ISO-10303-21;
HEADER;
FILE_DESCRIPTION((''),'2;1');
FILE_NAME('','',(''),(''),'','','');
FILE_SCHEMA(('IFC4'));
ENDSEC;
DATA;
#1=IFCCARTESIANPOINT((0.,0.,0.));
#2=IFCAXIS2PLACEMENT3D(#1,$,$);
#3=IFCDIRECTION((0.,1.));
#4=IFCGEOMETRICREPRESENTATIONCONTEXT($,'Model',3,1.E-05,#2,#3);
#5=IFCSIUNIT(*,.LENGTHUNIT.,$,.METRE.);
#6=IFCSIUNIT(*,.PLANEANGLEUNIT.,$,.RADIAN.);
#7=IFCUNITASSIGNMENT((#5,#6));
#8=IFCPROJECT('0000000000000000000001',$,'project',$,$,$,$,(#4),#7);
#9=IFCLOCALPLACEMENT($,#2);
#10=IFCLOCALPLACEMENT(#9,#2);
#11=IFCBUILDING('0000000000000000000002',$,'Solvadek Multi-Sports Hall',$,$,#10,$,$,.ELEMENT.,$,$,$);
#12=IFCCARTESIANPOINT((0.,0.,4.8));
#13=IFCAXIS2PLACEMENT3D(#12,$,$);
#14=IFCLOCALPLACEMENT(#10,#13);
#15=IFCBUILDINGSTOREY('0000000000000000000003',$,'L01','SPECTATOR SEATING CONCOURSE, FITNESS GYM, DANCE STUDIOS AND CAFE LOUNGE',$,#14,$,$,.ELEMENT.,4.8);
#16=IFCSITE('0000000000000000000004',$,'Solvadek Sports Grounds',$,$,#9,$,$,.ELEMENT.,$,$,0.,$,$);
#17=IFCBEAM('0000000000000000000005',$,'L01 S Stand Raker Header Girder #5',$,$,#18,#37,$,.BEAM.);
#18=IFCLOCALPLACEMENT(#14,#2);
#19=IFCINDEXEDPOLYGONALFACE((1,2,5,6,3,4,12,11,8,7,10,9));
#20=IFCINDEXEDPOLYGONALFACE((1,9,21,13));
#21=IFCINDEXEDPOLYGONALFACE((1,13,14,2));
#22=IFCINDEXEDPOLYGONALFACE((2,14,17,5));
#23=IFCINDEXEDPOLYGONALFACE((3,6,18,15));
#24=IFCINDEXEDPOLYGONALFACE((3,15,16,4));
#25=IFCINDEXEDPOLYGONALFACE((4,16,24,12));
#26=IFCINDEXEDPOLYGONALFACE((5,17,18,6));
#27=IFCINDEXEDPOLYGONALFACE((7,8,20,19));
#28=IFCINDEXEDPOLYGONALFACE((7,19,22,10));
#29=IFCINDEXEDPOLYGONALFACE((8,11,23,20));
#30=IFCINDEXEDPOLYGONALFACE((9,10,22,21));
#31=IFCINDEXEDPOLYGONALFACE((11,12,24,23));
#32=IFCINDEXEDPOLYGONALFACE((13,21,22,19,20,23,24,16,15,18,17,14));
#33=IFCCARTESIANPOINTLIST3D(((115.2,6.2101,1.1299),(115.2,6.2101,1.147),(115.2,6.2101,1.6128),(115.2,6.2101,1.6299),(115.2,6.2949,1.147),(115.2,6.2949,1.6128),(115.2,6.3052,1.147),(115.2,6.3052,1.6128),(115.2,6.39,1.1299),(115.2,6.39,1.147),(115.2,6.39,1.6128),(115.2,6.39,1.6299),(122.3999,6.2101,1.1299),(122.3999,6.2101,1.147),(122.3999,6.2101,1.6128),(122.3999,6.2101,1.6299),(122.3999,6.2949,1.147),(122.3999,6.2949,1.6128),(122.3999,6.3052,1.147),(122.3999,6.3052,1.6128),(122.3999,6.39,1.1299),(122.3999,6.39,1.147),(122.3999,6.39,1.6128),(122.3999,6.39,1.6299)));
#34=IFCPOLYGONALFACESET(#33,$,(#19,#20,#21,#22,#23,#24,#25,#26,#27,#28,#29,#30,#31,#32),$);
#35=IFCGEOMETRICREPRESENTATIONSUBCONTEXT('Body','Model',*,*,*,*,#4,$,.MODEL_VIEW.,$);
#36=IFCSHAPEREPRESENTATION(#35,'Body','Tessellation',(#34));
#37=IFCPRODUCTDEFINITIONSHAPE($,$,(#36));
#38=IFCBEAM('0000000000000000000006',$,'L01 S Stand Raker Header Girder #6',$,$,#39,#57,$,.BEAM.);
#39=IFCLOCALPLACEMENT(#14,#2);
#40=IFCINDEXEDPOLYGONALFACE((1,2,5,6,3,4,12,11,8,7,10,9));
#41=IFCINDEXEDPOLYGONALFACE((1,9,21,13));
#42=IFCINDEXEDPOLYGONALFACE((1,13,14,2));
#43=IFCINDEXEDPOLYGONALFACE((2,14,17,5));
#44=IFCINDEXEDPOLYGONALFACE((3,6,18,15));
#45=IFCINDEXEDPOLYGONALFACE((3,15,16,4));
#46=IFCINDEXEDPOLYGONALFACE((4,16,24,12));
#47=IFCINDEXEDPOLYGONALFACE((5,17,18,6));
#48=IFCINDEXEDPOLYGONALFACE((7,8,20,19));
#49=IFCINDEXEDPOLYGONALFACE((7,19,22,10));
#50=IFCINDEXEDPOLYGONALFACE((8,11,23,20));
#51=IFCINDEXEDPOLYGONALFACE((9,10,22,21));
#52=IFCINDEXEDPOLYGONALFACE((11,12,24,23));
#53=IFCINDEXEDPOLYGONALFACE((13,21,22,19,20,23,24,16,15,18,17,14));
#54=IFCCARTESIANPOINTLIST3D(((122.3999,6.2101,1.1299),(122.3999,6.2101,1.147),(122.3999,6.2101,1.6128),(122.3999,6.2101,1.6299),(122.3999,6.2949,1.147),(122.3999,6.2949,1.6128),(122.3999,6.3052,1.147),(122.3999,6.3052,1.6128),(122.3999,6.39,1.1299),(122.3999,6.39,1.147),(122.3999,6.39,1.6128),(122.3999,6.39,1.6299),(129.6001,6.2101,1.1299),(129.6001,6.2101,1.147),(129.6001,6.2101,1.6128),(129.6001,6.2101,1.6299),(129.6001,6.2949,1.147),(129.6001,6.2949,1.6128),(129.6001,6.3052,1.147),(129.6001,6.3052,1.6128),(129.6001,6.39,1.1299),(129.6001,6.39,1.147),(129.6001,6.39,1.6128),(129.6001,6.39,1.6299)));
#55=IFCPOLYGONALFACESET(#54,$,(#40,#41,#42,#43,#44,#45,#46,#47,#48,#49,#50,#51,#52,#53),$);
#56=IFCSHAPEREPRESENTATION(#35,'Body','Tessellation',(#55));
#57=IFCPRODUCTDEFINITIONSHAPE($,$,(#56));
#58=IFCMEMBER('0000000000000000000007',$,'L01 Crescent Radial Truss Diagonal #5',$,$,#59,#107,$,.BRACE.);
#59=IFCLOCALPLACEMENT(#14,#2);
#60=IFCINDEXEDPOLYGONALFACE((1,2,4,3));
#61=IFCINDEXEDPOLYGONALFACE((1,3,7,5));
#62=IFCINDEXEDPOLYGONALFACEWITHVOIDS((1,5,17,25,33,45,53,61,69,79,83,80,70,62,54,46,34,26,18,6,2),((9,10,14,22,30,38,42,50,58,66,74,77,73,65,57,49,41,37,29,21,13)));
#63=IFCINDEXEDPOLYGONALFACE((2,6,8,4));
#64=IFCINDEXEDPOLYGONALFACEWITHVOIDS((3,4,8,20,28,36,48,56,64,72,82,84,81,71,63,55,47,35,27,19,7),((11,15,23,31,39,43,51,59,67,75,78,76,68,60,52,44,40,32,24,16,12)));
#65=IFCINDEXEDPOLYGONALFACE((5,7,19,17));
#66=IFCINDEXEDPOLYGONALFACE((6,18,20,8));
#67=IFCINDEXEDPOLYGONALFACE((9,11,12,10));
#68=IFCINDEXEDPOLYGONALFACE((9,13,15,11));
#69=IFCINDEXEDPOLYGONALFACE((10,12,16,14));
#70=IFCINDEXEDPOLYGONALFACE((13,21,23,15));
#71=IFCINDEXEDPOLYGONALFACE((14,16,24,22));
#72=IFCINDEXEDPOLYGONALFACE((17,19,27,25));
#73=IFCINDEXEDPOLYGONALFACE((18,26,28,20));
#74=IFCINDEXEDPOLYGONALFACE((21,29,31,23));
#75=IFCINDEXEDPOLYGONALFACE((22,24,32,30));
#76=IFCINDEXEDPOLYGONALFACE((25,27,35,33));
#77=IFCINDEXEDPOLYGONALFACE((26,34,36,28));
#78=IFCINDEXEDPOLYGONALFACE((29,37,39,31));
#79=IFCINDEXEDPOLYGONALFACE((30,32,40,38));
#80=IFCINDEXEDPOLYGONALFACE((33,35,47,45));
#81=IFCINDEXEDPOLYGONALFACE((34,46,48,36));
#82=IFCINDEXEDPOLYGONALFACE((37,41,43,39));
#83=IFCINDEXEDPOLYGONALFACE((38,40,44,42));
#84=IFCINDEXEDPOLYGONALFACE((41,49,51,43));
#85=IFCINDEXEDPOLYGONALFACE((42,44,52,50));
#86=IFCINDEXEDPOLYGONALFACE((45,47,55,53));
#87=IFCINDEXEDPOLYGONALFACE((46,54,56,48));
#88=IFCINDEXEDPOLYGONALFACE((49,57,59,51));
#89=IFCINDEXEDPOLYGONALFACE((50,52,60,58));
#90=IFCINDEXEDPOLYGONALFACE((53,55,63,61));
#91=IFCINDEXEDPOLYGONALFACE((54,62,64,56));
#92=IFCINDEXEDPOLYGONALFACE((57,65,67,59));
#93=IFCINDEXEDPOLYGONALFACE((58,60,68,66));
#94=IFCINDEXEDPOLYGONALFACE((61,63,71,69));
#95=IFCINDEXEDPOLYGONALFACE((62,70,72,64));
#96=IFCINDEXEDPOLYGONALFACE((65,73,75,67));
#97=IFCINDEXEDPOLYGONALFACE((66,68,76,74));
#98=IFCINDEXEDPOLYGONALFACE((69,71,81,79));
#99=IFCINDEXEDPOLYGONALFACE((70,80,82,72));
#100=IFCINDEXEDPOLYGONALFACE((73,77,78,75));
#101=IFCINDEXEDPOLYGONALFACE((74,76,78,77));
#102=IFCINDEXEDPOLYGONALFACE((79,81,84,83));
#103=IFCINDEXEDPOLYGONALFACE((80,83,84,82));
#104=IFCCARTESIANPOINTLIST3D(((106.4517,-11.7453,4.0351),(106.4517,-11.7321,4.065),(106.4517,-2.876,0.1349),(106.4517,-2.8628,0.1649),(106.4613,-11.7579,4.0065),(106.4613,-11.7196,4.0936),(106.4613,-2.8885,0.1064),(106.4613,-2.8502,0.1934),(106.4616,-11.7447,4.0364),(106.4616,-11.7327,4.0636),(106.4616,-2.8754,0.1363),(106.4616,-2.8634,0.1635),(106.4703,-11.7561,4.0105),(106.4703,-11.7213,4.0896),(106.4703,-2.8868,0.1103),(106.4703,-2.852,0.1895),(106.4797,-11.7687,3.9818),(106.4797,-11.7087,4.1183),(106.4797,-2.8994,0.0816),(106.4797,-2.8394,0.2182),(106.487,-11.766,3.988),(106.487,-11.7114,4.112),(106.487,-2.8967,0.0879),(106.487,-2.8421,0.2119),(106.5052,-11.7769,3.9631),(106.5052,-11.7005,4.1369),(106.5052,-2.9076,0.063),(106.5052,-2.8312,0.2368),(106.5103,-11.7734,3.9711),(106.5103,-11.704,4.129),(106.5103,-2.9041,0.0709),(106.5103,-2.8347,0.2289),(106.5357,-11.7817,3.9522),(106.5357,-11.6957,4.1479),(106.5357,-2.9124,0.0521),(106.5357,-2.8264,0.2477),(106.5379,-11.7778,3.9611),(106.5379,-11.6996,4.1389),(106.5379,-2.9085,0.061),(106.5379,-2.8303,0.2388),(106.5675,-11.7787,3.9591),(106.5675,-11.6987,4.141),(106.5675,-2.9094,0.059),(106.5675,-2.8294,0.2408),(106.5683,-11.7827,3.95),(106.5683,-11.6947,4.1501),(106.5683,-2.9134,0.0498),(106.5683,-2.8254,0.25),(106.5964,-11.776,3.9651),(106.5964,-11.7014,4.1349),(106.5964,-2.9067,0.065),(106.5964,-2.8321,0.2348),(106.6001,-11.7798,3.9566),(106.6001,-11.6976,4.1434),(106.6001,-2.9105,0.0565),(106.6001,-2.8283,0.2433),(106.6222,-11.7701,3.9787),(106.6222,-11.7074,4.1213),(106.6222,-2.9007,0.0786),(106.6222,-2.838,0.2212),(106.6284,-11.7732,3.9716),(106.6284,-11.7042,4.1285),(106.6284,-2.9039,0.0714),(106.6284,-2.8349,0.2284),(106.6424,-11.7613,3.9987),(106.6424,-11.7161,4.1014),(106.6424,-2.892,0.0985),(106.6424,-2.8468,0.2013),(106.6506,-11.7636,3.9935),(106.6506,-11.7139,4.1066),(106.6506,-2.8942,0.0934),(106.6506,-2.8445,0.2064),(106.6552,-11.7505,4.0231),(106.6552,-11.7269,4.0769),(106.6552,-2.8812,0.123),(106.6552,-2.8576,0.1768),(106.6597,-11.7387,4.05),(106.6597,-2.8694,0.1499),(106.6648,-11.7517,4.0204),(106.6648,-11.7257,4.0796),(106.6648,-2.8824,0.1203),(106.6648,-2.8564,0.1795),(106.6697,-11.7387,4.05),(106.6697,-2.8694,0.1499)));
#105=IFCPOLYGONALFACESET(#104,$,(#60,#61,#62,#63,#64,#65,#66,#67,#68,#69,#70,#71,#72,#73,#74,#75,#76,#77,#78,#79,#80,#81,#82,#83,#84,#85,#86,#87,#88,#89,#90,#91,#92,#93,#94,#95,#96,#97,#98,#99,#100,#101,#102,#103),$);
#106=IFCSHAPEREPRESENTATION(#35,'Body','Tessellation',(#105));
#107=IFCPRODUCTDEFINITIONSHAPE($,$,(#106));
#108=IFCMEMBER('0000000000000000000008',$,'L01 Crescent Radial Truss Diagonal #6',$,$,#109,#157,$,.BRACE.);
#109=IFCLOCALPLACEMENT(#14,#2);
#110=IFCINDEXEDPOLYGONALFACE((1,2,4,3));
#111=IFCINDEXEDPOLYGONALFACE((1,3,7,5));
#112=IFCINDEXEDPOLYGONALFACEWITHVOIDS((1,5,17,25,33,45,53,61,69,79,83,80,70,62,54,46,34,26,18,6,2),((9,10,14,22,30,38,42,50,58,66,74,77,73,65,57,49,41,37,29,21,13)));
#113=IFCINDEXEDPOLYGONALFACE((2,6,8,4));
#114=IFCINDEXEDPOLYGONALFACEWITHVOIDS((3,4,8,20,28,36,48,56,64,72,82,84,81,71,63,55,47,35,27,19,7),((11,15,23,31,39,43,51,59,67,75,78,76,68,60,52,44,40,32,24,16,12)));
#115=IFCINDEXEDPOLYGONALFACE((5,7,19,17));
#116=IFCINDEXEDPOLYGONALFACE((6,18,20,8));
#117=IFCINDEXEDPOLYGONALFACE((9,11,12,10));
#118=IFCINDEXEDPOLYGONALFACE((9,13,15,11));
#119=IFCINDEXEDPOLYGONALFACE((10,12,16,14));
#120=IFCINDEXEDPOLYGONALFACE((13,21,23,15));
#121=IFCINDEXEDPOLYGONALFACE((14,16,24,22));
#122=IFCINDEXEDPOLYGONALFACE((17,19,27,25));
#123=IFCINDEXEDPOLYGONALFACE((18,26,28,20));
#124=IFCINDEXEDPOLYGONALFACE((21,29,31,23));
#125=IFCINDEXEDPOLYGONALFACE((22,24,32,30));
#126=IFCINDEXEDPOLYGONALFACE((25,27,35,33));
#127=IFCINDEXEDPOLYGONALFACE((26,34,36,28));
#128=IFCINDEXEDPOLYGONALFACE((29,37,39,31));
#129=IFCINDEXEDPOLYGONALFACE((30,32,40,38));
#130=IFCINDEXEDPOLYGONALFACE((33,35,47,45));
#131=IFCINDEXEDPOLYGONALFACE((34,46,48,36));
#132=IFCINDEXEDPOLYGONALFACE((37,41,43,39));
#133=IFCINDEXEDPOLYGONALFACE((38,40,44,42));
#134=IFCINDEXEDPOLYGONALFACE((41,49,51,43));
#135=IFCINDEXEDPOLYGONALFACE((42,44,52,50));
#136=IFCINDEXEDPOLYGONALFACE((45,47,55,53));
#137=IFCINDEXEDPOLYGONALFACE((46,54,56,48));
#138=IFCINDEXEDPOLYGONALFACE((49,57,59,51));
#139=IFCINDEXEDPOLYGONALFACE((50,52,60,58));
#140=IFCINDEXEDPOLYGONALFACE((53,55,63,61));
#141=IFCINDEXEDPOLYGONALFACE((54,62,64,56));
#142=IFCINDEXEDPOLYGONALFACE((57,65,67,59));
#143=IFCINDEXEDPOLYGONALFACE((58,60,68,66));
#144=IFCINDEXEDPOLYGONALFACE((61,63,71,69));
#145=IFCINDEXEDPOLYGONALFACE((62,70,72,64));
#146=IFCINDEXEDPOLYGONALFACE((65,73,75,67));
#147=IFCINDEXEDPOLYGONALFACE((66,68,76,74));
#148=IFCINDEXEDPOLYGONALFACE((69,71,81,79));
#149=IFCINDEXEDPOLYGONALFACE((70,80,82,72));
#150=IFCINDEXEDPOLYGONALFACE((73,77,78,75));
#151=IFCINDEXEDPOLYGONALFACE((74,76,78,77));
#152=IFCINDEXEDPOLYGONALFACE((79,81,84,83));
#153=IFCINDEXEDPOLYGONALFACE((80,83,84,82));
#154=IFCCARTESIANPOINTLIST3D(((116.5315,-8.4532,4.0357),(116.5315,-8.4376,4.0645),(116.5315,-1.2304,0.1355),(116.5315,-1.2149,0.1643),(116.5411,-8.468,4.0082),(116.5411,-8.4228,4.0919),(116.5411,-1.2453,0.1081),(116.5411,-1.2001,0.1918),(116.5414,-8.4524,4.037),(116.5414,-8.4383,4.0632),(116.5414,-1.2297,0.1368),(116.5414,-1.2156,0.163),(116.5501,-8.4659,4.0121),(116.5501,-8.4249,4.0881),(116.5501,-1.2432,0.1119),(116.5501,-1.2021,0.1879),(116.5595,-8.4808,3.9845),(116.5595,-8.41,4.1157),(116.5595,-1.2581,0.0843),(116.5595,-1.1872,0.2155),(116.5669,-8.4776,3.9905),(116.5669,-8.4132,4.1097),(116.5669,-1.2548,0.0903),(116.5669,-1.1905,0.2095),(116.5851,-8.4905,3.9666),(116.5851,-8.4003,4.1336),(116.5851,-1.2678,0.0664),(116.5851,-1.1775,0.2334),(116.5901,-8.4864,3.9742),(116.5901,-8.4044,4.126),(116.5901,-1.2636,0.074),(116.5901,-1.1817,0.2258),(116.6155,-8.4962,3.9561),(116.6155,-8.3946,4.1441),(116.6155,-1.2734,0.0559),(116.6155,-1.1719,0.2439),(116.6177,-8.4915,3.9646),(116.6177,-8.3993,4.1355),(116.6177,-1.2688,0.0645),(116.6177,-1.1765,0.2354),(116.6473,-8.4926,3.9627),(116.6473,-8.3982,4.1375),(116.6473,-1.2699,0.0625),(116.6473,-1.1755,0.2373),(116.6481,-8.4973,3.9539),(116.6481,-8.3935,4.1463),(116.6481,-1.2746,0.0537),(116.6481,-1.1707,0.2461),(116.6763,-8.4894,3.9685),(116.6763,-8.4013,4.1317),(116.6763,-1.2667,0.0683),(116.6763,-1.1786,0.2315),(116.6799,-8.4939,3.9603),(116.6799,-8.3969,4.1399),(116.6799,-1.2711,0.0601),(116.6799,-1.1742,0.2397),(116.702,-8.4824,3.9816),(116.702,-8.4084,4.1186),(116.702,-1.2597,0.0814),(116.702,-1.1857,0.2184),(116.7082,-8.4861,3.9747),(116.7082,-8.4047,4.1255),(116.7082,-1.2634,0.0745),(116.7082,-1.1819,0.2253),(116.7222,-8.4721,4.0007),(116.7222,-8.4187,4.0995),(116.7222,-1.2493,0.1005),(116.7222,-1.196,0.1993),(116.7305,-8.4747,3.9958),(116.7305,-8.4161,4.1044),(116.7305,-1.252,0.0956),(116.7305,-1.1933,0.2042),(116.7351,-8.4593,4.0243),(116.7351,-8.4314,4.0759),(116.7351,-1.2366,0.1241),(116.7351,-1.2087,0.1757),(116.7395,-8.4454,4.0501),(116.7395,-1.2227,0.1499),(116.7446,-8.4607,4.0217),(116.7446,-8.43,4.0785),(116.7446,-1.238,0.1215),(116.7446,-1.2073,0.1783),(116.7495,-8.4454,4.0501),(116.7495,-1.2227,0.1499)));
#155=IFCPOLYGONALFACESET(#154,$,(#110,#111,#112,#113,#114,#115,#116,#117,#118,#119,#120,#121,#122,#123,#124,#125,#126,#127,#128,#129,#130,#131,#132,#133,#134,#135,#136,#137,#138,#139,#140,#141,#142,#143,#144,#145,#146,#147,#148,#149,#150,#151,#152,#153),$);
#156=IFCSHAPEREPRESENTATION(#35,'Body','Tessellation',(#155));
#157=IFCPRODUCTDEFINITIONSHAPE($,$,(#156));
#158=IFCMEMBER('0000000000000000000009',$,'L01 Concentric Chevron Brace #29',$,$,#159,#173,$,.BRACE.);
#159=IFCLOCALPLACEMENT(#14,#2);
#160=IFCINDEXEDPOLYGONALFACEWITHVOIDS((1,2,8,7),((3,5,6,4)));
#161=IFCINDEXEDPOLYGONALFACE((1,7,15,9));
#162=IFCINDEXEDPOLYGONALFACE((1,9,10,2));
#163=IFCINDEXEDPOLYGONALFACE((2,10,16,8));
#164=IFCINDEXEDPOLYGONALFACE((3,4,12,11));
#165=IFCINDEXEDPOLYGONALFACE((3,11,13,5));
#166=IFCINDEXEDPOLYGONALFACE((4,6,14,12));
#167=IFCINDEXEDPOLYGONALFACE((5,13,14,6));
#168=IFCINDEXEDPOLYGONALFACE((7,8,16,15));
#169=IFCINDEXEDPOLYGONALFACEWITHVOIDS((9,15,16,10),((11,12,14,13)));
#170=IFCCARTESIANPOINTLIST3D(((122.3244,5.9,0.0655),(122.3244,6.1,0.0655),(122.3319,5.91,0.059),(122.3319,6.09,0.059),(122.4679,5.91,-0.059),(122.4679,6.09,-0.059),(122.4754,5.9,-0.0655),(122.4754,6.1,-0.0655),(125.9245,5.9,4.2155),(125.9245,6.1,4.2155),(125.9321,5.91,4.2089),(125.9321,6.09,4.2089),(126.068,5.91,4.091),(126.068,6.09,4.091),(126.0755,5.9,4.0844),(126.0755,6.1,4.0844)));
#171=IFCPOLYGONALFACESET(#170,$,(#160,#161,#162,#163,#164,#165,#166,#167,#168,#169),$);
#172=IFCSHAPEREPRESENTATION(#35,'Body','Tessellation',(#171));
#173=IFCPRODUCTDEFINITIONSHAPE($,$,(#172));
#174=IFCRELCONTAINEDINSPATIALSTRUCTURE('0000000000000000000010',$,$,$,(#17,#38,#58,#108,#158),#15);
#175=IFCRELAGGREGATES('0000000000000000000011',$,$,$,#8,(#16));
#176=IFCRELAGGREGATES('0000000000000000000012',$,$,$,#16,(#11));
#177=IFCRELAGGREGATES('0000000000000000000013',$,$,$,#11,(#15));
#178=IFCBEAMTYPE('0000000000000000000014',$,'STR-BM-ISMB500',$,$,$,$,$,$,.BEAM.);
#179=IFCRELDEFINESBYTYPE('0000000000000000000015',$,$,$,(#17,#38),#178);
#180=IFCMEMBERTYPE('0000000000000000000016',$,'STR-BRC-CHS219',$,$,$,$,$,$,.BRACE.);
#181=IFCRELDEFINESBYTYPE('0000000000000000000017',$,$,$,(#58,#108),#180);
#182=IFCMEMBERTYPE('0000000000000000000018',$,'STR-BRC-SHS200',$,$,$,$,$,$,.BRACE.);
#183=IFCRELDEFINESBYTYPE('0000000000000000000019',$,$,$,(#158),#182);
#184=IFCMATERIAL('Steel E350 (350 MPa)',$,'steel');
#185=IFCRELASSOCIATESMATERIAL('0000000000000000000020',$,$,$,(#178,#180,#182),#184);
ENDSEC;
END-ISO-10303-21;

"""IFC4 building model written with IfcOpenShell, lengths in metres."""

from ifc_helpers import new_model, si_unit, direction, frame, origin, origin_2d, place, context, subcontext, project, spatial, hollow_rectangle, hollow_circle, i_section, extrude, material, material_profile, profile_set, type_object, element, save


model = new_model("IFC4")

# Units and contexts
model_context = context("Model", 3, precision=1e-05, world=origin(), true_north=direction((0.0, 1.0)))
body_context = subcontext(model_context, "Body", "Model", "MODEL_VIEW")
ifc_project = project(units=[si_unit("LENGTHUNIT", "METRE"), si_unit("PLANEANGLEUNIT", "RADIAN")], contexts=[model_context])

# Site, building, storey
site_placement = place(None, origin())
site = spatial("IfcSite", under=ifc_project, at=site_placement, Name="Solvadek Sports Grounds", CompositionType="ELEMENT", RefElevation=0.0)
building_placement = place(site_placement, origin())
building = spatial("IfcBuilding", under=site, at=building_placement, Name="Solvadek Multi-Sports Hall", CompositionType="ELEMENT")
storey_placement = place(building_placement, frame((0.0, 0.0, 4.8)))
storey = spatial("IfcBuildingStorey", under=building, at=storey_placement, Name="L01", Description="SPECTATOR SEATING CONCOURSE, FITNESS GYM, DANCE STUDIOS AND CAFE LOUNGE", CompositionType="ELEMENT", Elevation=4.8)

# Shared definitions
ifc_material_1 = material(Name="Steel E350 (350 MPa)", Category="steel")

# Beams
ifc_material_profile_1 = material_profile(ifc_material_1, i_section(OverallWidth=0.1799, OverallDepth=0.5, WebThickness=0.0103, FlangeThickness=0.0171, at=origin_2d()), Name="ISMB 500")
ifc_profile_set_1 = profile_set([ifc_material_profile_1], Name="Steel E350 (350 MPa)")
beam_type_1 = type_object("IfcBeamType", Name="STR-BM-ISMB500", PredefinedType="BEAM", material=ifc_profile_set_1)
for number, where, z_axis, x_axis, name in (
    (1, (115.2, 6.3, 1.3799), (1.0, 0.0, 0.0), (0.0, 1.0, 0.0), "L01 S Stand Raker Header Girder #5"),
):
    element("IfcBeam", number, at=place(storey_placement, frame(where, z_axis=z_axis, x_axis=x_axis)), inside=storey, type_object=beam_type_1, Name=name, PredefinedType="BEAM", context=body_context, shape_type="SweptSolid", body=[
        extrude(i_section(OverallWidth=0.1799, OverallDepth=0.5, WebThickness=0.0103, FlangeThickness=0.0171, at=origin_2d()), origin(), (0.0, 0.0, 1.0), 7.2),
    ])
beam_1_placement = place(storey_placement, frame((122.3999, 6.3, 1.3799), z_axis=(1.0, 0.0, 0.0), x_axis=(0.0, 1.0, 0.0)))
element("IfcBeam", 2, at=beam_1_placement, inside=storey, type_object=beam_type_1, Name="L01 S Stand Raker Header Girder #6", PredefinedType="BEAM", context=body_context, shape_type="SweptSolid", body=[
    extrude(i_section(OverallWidth=0.1799, OverallDepth=0.5, WebThickness=0.0103, FlangeThickness=0.0171, at=origin_2d()), origin(), (0.0, 0.0, 1.0), 7.2002),
])

# Members
ifc_material_profile_2 = material_profile(ifc_material_1, hollow_circle(Radius=0.1096, WallThickness=0.01, at=origin_2d()), Name="CHS 219.1x10")
ifc_profile_set_2 = profile_set([ifc_material_profile_2], Name="Steel E350 (350 MPa)")
member_type_1 = type_object("IfcMemberType", Name="STR-BRC-CHS219", PredefinedType="BRACE", material=ifc_profile_set_2)
member_1_placement = place(storey_placement, frame((106.5601, -2.8694, 0.1499), z_axis=(0.0, -0.915406, 0.402533), x_axis=(1.0, 0.0, 0.0)))
element("IfcMember", 3, at=member_1_placement, inside=storey, type_object=member_type_1, Name="L01 Crescent Radial Truss Diagonal #5", PredefinedType="BRACE", context=body_context, shape_type="SweptSolid", body=[
    extrude(hollow_circle(Radius=0.1096, WallThickness=0.01, at=origin_2d()), origin(), (0.0, 0.0, 1.0), 9.689),
])
member_2_placement = place(storey_placement, frame((116.6399, -1.2227, 0.1499), z_axis=(0.0, -0.87991, 0.475141), x_axis=(1.0, 0.0, 0.0)))
element("IfcMember", 4, at=member_2_placement, inside=storey, type_object=member_type_1, Name="L01 Crescent Radial Truss Diagonal #6", PredefinedType="BRACE", context=body_context, shape_type="SweptSolid", body=[
    extrude(hollow_circle(Radius=0.1096, WallThickness=0.01, at=origin_2d()), origin(), (0.0, 0.0, 1.0), 8.2085),
])
ifc_material_profile_3 = material_profile(ifc_material_1, hollow_rectangle(XDim=0.2, YDim=0.2, WallThickness=0.01, at=origin_2d()), Name="SHS 200x200x10")
ifc_profile_set_3 = profile_set([ifc_material_profile_3], Name="Steel E350 (350 MPa)")
member_type_2 = type_object("IfcMemberType", Name="STR-BRC-SHS200", PredefinedType="BRACE", material=ifc_profile_set_3)
member_3_placement = place(storey_placement, frame((122.3999, 6.0, 0.0), z_axis=(0.655296, 0.0, 0.755372), x_axis=(0.0, 1.0, 0.0)))
element("IfcMember", 5, at=member_3_placement, inside=storey, type_object=member_type_2, Name="L01 Concentric Chevron Brace #29", PredefinedType="BRACE", context=body_context, shape_type="SweptSolid", body=[
    extrude(hollow_rectangle(XDim=0.2, YDim=0.2, WallThickness=0.01, at=origin_2d()), origin(), (0.0, 0.0, 1.0), 5.4939),
])

save(model, "model.ifc")
